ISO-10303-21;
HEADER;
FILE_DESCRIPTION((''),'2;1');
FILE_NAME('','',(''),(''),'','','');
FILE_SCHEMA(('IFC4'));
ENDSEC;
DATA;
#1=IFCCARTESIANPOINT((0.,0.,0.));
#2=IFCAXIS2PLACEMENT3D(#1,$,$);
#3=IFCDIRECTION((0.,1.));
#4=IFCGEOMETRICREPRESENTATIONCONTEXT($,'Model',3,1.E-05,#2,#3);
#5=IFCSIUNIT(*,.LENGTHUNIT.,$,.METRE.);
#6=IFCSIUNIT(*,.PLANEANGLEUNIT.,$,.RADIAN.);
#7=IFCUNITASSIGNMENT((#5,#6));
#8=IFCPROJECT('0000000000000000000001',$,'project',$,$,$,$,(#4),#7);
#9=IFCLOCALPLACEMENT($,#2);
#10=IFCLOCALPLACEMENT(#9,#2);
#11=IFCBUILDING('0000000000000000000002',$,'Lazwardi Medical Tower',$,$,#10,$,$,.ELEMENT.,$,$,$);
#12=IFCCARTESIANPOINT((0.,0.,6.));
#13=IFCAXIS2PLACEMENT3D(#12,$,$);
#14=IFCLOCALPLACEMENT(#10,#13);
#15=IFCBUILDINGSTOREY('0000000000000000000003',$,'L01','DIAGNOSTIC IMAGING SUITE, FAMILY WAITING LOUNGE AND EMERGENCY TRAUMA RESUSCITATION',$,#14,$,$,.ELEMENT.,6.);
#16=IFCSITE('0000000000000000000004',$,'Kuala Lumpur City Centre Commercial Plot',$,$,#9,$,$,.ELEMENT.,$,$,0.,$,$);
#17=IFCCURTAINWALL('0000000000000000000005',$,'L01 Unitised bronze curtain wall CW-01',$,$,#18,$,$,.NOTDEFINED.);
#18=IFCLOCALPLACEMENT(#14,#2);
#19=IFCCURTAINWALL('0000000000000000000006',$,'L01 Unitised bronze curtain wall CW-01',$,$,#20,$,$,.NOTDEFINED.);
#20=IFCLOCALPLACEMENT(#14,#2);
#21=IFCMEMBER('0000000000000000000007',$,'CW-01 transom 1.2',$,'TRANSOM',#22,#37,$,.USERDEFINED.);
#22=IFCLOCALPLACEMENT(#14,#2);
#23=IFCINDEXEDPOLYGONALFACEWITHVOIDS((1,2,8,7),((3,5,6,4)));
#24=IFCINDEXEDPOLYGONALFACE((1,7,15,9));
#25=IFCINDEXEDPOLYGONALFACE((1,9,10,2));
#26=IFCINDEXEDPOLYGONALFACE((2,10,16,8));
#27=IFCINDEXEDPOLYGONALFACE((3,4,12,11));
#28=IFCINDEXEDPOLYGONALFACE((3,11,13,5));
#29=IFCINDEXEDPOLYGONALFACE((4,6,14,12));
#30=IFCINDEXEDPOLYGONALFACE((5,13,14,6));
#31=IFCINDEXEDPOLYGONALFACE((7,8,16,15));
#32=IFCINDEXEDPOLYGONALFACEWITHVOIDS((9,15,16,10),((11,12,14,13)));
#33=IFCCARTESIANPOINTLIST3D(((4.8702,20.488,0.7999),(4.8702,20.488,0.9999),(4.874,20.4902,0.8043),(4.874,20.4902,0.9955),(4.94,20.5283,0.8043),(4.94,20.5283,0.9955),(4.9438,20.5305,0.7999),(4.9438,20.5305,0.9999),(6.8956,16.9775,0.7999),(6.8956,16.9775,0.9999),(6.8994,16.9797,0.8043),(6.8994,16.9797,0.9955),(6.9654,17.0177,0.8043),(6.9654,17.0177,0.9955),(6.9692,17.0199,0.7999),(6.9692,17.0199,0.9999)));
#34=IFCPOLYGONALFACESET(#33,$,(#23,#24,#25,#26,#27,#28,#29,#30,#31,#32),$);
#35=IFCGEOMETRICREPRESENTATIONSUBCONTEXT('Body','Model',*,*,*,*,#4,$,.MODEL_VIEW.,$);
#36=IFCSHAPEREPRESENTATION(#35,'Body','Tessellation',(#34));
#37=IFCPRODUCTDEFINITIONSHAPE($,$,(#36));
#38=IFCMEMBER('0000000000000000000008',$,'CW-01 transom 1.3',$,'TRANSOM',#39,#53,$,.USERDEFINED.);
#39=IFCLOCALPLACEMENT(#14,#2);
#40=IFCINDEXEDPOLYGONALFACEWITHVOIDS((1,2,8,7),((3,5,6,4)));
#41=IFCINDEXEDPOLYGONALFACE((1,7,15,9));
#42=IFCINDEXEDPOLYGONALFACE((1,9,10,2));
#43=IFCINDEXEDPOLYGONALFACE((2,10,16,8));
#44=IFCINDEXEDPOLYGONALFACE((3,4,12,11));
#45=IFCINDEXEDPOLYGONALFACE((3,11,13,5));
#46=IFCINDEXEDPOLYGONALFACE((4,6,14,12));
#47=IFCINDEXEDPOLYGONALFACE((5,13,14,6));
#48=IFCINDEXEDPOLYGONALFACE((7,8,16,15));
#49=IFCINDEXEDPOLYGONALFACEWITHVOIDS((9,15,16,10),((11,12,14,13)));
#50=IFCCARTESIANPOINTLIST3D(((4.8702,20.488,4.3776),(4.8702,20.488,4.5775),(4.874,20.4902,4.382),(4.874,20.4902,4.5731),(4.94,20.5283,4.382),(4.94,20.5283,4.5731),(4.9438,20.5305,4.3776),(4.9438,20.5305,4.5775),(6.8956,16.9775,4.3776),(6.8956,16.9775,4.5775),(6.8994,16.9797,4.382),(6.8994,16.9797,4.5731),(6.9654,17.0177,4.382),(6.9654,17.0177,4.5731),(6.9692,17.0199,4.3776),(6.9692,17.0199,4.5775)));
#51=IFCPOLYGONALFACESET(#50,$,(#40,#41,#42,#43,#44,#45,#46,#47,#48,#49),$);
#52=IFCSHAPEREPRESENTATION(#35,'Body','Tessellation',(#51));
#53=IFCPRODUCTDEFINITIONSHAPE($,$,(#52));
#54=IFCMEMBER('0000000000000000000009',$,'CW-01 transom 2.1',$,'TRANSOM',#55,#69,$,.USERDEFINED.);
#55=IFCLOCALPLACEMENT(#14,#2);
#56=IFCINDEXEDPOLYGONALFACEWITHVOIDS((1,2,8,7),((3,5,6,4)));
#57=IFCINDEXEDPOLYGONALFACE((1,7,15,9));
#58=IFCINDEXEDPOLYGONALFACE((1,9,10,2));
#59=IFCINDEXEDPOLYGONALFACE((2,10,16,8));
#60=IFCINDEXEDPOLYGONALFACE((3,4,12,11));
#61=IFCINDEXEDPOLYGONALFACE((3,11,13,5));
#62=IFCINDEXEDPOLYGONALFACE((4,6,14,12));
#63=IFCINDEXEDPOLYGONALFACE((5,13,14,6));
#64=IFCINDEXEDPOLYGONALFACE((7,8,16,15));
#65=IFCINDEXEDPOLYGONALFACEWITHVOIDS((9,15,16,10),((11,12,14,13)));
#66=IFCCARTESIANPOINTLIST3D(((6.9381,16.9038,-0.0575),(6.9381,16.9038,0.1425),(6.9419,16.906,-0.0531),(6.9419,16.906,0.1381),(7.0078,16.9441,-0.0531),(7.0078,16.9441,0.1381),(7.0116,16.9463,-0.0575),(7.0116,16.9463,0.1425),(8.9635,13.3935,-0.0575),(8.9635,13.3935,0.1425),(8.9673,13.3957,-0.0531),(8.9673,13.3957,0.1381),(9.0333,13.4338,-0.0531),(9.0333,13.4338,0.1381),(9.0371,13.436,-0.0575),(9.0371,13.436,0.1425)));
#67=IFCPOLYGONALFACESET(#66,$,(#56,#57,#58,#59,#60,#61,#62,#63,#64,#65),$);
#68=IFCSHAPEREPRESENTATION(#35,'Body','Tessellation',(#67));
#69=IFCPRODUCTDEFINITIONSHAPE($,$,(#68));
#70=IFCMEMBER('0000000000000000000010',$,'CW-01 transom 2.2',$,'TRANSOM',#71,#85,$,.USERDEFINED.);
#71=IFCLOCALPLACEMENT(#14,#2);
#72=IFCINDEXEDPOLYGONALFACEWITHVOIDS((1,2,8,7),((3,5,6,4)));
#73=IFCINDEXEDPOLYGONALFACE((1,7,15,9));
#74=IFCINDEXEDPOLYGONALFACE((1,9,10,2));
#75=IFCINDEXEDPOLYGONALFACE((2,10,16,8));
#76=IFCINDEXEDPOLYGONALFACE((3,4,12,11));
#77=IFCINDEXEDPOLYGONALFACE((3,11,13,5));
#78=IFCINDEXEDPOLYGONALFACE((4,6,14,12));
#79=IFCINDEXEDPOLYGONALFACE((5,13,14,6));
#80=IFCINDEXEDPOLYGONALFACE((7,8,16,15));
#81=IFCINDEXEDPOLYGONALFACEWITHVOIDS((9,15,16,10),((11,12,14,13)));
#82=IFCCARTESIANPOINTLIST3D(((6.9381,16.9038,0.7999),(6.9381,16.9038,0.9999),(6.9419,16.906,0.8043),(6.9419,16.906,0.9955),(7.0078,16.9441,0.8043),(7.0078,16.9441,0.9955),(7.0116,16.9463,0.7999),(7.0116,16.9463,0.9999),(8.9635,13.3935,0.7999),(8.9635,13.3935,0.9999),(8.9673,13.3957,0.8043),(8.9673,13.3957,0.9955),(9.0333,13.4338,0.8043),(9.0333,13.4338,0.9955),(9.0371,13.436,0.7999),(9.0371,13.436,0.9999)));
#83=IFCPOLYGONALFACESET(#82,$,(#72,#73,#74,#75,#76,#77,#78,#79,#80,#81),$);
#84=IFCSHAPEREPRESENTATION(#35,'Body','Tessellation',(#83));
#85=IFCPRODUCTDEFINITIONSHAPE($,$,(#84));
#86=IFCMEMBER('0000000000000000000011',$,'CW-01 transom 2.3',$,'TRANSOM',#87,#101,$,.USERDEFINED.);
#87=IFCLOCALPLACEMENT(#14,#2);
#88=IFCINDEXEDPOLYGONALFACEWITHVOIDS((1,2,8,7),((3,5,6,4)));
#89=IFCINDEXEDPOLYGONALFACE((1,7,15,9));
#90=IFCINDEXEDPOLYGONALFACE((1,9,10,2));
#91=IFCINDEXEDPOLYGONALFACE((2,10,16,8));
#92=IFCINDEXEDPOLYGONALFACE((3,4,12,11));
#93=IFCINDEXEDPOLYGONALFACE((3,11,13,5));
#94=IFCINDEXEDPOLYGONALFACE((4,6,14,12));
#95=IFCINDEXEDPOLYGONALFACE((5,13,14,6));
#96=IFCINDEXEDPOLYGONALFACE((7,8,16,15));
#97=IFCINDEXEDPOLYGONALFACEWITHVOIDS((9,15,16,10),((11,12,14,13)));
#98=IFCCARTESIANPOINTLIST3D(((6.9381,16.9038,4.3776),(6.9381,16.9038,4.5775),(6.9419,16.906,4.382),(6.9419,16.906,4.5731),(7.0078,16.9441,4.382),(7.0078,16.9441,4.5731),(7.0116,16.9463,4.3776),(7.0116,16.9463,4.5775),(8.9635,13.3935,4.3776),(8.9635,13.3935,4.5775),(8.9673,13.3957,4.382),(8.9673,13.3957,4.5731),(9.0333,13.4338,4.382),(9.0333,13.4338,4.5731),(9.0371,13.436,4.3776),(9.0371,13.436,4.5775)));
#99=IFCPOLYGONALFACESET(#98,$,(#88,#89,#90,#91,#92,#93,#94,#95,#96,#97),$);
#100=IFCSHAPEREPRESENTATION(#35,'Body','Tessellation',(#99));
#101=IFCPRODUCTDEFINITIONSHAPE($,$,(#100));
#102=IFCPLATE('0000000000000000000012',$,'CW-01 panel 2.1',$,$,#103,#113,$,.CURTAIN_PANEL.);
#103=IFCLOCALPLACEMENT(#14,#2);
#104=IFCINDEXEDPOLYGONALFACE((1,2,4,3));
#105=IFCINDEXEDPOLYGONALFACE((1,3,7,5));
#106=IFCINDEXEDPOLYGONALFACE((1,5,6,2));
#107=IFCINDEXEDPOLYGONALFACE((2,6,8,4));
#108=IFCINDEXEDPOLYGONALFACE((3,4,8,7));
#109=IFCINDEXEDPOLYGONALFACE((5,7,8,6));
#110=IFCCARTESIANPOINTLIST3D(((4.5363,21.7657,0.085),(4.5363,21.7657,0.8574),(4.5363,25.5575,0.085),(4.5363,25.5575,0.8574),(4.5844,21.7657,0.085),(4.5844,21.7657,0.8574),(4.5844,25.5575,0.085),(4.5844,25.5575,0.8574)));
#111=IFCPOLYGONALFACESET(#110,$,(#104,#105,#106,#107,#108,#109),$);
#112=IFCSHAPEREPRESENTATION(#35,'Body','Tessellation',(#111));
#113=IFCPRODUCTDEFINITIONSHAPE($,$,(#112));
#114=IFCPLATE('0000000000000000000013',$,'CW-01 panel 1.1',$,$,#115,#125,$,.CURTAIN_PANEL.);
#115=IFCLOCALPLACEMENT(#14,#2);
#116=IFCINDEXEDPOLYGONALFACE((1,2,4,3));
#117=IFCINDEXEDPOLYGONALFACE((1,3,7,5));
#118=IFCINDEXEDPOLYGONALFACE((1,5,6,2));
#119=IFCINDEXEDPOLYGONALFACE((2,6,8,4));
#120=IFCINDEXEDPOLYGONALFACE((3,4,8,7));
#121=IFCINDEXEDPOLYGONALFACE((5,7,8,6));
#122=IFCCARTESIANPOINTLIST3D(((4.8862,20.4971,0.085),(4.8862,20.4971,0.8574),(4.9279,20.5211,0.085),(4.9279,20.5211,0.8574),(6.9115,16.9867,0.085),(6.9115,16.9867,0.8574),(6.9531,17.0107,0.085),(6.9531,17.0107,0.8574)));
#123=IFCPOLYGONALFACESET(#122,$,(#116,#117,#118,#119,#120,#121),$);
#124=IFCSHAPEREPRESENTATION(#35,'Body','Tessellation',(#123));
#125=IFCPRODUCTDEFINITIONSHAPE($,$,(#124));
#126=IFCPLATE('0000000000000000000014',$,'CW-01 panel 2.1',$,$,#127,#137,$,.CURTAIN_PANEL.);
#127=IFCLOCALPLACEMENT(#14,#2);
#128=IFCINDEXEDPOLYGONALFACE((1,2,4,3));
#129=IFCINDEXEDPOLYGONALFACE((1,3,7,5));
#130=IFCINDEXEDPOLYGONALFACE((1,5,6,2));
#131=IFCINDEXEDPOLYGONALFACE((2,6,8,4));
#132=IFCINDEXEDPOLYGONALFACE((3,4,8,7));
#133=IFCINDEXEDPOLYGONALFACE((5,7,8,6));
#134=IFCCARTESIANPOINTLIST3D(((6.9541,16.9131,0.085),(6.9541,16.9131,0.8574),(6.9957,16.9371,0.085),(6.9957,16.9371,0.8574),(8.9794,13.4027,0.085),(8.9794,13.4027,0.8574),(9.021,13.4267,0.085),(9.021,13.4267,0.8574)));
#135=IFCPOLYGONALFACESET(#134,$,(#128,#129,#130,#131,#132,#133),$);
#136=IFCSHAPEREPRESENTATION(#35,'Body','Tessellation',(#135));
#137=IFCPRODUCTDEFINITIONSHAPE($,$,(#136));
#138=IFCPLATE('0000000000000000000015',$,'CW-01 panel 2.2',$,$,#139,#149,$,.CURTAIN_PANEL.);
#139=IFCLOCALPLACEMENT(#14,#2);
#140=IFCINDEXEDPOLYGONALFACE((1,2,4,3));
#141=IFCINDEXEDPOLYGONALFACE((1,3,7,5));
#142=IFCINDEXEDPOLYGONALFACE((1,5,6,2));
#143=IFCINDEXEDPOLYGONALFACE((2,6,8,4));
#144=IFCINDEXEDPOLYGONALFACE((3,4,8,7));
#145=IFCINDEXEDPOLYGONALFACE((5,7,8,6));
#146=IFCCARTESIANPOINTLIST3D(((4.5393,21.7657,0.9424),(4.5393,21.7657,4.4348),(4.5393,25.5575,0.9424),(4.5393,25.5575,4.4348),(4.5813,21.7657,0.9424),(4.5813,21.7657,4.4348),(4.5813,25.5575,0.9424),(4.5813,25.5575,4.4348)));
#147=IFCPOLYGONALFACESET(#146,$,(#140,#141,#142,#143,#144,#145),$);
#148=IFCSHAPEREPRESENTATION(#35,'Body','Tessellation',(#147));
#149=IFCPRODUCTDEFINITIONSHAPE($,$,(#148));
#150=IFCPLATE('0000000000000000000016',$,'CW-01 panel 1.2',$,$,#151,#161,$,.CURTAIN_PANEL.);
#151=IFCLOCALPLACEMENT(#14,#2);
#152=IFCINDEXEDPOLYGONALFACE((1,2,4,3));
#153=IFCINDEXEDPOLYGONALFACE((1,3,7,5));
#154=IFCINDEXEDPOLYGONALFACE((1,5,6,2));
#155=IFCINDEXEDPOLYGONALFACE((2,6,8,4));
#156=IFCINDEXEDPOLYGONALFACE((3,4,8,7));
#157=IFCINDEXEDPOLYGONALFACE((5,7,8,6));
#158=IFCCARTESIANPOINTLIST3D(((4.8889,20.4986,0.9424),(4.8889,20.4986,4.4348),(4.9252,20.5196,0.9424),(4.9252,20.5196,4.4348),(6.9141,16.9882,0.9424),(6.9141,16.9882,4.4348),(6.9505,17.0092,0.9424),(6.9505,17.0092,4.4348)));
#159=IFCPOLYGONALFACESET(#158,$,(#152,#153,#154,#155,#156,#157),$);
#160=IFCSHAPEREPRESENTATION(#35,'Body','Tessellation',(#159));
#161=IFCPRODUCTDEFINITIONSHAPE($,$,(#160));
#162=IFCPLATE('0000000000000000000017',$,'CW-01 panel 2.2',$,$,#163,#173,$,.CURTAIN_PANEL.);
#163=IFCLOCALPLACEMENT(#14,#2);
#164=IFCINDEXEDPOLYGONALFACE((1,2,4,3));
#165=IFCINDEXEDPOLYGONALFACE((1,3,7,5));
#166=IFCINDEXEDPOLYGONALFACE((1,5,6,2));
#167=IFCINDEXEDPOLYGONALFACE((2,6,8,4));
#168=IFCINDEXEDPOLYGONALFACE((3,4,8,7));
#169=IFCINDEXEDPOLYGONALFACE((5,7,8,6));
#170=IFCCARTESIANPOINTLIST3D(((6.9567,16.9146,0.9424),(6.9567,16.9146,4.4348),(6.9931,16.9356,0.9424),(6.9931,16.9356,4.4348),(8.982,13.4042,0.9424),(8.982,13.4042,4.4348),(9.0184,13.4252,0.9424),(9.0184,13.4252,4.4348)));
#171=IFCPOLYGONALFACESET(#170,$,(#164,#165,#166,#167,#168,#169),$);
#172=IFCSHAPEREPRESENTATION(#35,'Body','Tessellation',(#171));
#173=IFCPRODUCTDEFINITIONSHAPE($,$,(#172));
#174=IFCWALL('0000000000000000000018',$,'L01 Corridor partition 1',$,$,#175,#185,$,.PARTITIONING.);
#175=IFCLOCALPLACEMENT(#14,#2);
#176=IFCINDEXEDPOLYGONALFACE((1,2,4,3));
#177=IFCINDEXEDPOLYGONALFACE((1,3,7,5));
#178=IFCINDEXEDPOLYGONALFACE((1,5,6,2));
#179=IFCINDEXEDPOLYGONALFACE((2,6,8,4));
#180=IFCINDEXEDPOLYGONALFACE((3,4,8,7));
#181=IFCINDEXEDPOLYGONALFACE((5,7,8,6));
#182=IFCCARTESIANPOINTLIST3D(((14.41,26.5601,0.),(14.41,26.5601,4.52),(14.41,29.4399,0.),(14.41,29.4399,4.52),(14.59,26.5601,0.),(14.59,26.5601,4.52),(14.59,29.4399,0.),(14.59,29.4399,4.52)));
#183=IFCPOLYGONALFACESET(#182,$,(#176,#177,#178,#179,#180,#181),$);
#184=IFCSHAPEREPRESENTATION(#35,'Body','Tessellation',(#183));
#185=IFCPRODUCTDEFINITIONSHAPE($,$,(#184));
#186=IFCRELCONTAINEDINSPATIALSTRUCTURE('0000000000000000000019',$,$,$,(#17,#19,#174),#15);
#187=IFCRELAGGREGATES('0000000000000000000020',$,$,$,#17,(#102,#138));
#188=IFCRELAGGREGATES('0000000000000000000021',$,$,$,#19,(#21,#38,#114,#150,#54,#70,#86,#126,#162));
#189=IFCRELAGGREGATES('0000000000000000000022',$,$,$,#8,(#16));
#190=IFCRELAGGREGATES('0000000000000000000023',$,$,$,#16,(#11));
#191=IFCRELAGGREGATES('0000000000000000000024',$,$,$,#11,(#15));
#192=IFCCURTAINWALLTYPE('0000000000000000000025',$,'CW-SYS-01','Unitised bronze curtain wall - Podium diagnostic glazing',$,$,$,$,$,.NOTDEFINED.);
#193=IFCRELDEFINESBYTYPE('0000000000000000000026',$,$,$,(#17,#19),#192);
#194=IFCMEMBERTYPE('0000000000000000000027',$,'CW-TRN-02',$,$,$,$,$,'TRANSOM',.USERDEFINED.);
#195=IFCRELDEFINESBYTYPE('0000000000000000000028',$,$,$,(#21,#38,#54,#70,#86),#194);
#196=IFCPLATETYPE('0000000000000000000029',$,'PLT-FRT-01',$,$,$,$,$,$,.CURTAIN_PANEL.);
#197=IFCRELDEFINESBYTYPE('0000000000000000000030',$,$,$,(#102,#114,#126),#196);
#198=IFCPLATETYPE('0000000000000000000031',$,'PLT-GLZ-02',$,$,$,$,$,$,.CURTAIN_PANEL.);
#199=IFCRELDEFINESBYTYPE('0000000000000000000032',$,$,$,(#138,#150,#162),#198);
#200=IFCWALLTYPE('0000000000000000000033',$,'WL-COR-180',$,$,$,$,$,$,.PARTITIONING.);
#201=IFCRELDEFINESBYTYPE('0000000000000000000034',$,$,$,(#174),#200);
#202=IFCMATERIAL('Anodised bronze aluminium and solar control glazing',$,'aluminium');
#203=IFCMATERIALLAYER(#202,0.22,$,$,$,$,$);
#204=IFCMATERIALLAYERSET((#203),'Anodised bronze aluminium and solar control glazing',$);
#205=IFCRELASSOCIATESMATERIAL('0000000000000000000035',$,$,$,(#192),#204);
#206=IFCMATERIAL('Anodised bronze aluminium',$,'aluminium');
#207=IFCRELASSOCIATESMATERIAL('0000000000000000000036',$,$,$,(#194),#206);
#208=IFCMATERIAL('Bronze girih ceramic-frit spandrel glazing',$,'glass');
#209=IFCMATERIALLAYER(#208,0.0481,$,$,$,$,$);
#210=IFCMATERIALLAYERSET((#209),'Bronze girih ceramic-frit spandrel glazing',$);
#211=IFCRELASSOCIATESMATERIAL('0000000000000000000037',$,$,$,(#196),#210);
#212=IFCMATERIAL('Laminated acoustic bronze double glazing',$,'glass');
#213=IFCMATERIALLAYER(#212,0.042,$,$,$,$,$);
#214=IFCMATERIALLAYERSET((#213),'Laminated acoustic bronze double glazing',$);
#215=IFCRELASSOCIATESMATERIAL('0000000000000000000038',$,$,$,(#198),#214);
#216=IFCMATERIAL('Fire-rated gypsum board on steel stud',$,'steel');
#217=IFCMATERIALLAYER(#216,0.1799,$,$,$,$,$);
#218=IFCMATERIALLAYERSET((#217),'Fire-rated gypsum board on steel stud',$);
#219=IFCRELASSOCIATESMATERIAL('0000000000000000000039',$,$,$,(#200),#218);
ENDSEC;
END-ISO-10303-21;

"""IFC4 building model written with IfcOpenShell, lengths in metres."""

from ifc_helpers import new_model, si_unit, direction, frame, frame_2d, origin, origin_2d, place, context, subcontext, project, spatial, rectangle, hollow_rectangle, extrude, material, layer, layer_set, material_profile, profile_set, type_object, element, aggregate, save


model = new_model("IFC4")

# Units and contexts
model_context = context("Model", 3, precision=1e-05, world=origin(), true_north=direction((0.0, 1.0)))
body_context = subcontext(model_context, "Body", "Model", "MODEL_VIEW")
ifc_project = project(units=[si_unit("LENGTHUNIT", "METRE"), si_unit("PLANEANGLEUNIT", "RADIAN")], contexts=[model_context])

# Site, building, storey
site_placement = place(None, origin())
site = spatial("IfcSite", under=ifc_project, at=site_placement, Name="Kuala Lumpur City Centre Commercial Plot", CompositionType="ELEMENT", RefElevation=0.0)
building_placement = place(site_placement, origin())
building = spatial("IfcBuilding", under=site, at=building_placement, Name="Lazwardi Medical Tower", CompositionType="ELEMENT")
storey_placement = place(building_placement, frame((0.0, 0.0, 6.0)))
storey = spatial("IfcBuildingStorey", under=building, at=storey_placement, Name="L01", Description="DIAGNOSTIC IMAGING SUITE, FAMILY WAITING LOUNGE AND EMERGENCY TRAUMA RESUSCITATION", CompositionType="ELEMENT", Elevation=6.0)

# Curtain walls
ifc_material_1 = material(Name="Anodised bronze aluminium and solar control glazing", Category="aluminium")
ifc_layer_1 = layer(ifc_material_1, 0.22)
ifc_layer_set_1 = layer_set([ifc_layer_1], Name="Anodised bronze aluminium and solar control glazing")
curtain_wall_type = type_object("IfcCurtainWallType", Name="CW-SYS-01", Description="Unitised bronze curtain wall - Podium diagnostic glazing", PredefinedType="NOTDEFINED", material=ifc_layer_set_1)
curtain_wall_1_placement = place(storey_placement, origin())
curtain_wall_1 = element("IfcCurtainWall", 1, at=curtain_wall_1_placement, inside=storey, type_object=curtain_wall_type, Name="L01 Unitised bronze curtain wall CW-01", PredefinedType="NOTDEFINED")
ifc_material_2 = material(Name="Anodised bronze aluminium", Category="aluminium")
curtain_wall_2_placement = place(storey_placement, origin())
curtain_wall_2 = element("IfcCurtainWall", 2, at=curtain_wall_2_placement, inside=storey, type_object=curtain_wall_type, Name="L01 Unitised bronze curtain wall CW-01", PredefinedType="NOTDEFINED")

# Members
ifc_material_profile_1 = material_profile(ifc_material_2, hollow_rectangle(XDim=0.085, YDim=0.2, WallThickness=0.0044, at=origin_2d()), Name="ALU-TRANSOM 200x85x4.5")
ifc_profile_set_1 = profile_set([ifc_material_profile_1], Name="Anodised bronze aluminium")
member_type_1 = type_object("IfcMemberType", Name="CW-TRN-02", ElementType="TRANSOM", PredefinedType="USERDEFINED", material=ifc_profile_set_1)
member_1_placement = place(storey_placement, frame((4.907, 20.5093, 0.8999), z_axis=(0.499742, -0.866175, 0.0), x_axis=(0.866175, 0.499742, 0.0)))
member_1 = element("IfcMember", 3, at=member_1_placement, type_object=member_type_1, Name="CW-01 transom 1.2", ObjectType="TRANSOM", PredefinedType="USERDEFINED", context=body_context, shape_type="SweptSolid", body=[
    extrude(hollow_rectangle(XDim=0.085, YDim=0.2, WallThickness=0.0044, at=origin_2d()), origin(), (0.0, 0.0, 1.0), 4.053),
])
member_2_placement = place(storey_placement, frame((4.907, 20.5093, 4.4775), z_axis=(0.499742, -0.866175, 0.0), x_axis=(0.866175, 0.499742, 0.0)))
member_2 = element("IfcMember", 4, at=member_2_placement, type_object=member_type_1, Name="CW-01 transom 1.3", ObjectType="TRANSOM", PredefinedType="USERDEFINED", context=body_context, shape_type="SweptSolid", body=[
    extrude(hollow_rectangle(XDim=0.085, YDim=0.2, WallThickness=0.0044, at=origin_2d()), origin(), (0.0, 0.0, 1.0), 4.053),
])
member_3_placement = place(storey_placement, frame((6.9749, 16.925, 0.0425), z_axis=(0.499768, -0.86616, 0.0), x_axis=(0.86616, 0.499768, 0.0)))
member_3 = element("IfcMember", 5, at=member_3_placement, type_object=member_type_1, Name="CW-01 transom 2.1", ObjectType="TRANSOM", PredefinedType="USERDEFINED", context=body_context, shape_type="SweptSolid", body=[
    extrude(hollow_rectangle(XDim=0.085, YDim=0.2, WallThickness=0.0044, at=origin_2d()), origin(), (0.0, 0.0, 1.0), 4.0527),
])
member_4_placement = place(storey_placement, frame((6.9749, 16.925, 0.8999), z_axis=(0.499768, -0.86616, 0.0), x_axis=(0.86616, 0.499768, 0.0)))
member_4 = element("IfcMember", 6, at=member_4_placement, type_object=member_type_1, Name="CW-01 transom 2.2", ObjectType="TRANSOM", PredefinedType="USERDEFINED", context=body_context, shape_type="SweptSolid", body=[
    extrude(hollow_rectangle(XDim=0.085, YDim=0.2, WallThickness=0.0044, at=origin_2d()), origin(), (0.0, 0.0, 1.0), 4.0527),
])
member_5_placement = place(storey_placement, frame((6.9749, 16.925, 4.4775), z_axis=(0.499768, -0.86616, 0.0), x_axis=(0.86616, 0.499768, 0.0)))
member_5 = element("IfcMember", 7, at=member_5_placement, type_object=member_type_1, Name="CW-01 transom 2.3", ObjectType="TRANSOM", PredefinedType="USERDEFINED", context=body_context, shape_type="SweptSolid", body=[
    extrude(hollow_rectangle(XDim=0.085, YDim=0.2, WallThickness=0.0044, at=origin_2d()), origin(), (0.0, 0.0, 1.0), 4.0527),
])

# Plates
ifc_material_3 = material(Name="Bronze girih ceramic-frit spandrel glazing", Category="glass")
ifc_layer_2 = layer(ifc_material_3, 0.0481)
ifc_layer_set_2 = layer_set([ifc_layer_2], Name="Bronze girih ceramic-frit spandrel glazing")
plate_type_1 = type_object("IfcPlateType", Name="PLT-FRT-01", PredefinedType="CURTAIN_PANEL", material=ifc_layer_set_2)
plate_1_placement = place(storey_placement, frame((4.5603, 23.6616, 0.085), z_axis=(0.0, 0.0, 1.0), x_axis=(0.0, -1.0, 0.0)))
plate_1 = element("IfcPlate", 8, at=plate_1_placement, type_object=plate_type_1, Name="CW-01 panel 2.1", PredefinedType="CURTAIN_PANEL", context=body_context, shape_type="SweptSolid", body=[
    extrude(rectangle(XDim=3.7917, YDim=0.0481, at=origin_2d()), origin(), (0.0, 0.0, 1.0), 0.7725),
])
plate_2_placement = place(storey_placement, frame((5.9197, 18.7539, 0.085), z_axis=(0.0, 0.0, 1.0), x_axis=(0.499731, -0.866181, 0.0)))
plate_2 = element("IfcPlate", 9, at=plate_2_placement, type_object=plate_type_1, Name="CW-01 panel 1.1", PredefinedType="CURTAIN_PANEL", context=body_context, shape_type="SweptSolid", body=[
    extrude(rectangle(XDim=4.0527, YDim=0.0481, at=origin_2d()), origin(), (0.0, 0.0, 1.0), 0.7725),
])
plate_3_placement = place(storey_placement, frame((7.9875, 15.1699, 0.085), z_axis=(0.0, 0.0, 1.0), x_axis=(0.499731, -0.866181, 0.0)))
plate_3 = element("IfcPlate", 10, at=plate_3_placement, type_object=plate_type_1, Name="CW-01 panel 2.1", PredefinedType="CURTAIN_PANEL", context=body_context, shape_type="SweptSolid", body=[
    extrude(rectangle(XDim=4.0527, YDim=0.0481, at=origin_2d()), origin(), (0.0, 0.0, 1.0), 0.7725),
])
ifc_material_4 = material(Name="Laminated acoustic bronze double glazing", Category="glass")
ifc_layer_3 = layer(ifc_material_4, 0.042)
ifc_layer_set_3 = layer_set([ifc_layer_3], Name="Laminated acoustic bronze double glazing")
plate_type_2 = type_object("IfcPlateType", Name="PLT-GLZ-02", PredefinedType="CURTAIN_PANEL", material=ifc_layer_set_3)
plate_4_placement = place(storey_placement, frame((4.5603, 23.6616, 0.9424), z_axis=(0.0, 0.0, 1.0), x_axis=(0.0, -1.0, 0.0)))
plate_4 = element("IfcPlate", 11, at=plate_4_placement, type_object=plate_type_2, Name="CW-01 panel 2.2", PredefinedType="CURTAIN_PANEL", context=body_context, shape_type="SweptSolid", body=[
    extrude(rectangle(XDim=3.7917, YDim=0.042, at=origin_2d()), origin(), (0.0, 0.0, 1.0), 3.4924),
])
aggregate(curtain_wall_1, [plate_1, plate_4])
plate_5_placement = place(storey_placement, frame((5.9197, 18.7539, 0.9424), z_axis=(0.0, 0.0, 1.0), x_axis=(0.499731, -0.866181, 0.0)))
plate_5 = element("IfcPlate", 12, at=plate_5_placement, type_object=plate_type_2, Name="CW-01 panel 1.2", PredefinedType="CURTAIN_PANEL", context=body_context, shape_type="SweptSolid", body=[
    extrude(rectangle(XDim=4.0527, YDim=0.042, at=origin_2d()), origin(), (0.0, 0.0, 1.0), 3.4924),
])
plate_6_placement = place(storey_placement, frame((7.9875, 15.1699, 0.9424), z_axis=(0.0, 0.0, 1.0), x_axis=(0.499731, -0.866181, 0.0)))
plate_6 = element("IfcPlate", 13, at=plate_6_placement, type_object=plate_type_2, Name="CW-01 panel 2.2", PredefinedType="CURTAIN_PANEL", context=body_context, shape_type="SweptSolid", body=[
    extrude(rectangle(XDim=4.0527, YDim=0.042, at=origin_2d()), origin(), (0.0, 0.0, 1.0), 3.4924),
])
aggregate(curtain_wall_2, [member_1, member_2, plate_2, plate_5, member_3, member_4, member_5, plate_3, plate_6])

# Wall
ifc_material_5 = material(Name="Fire-rated gypsum board on steel stud", Category="steel")
ifc_layer_4 = layer(ifc_material_5, 0.1799)
ifc_layer_set_4 = layer_set([ifc_layer_4], Name="Fire-rated gypsum board on steel stud")
wall_type = type_object("IfcWallType", Name="WL-COR-180", PredefinedType="PARTITIONING", material=ifc_layer_set_4)
wall_placement = place(storey_placement, frame((14.5, 26.5601, 0.0), z_axis=(0.0, 0.0, 1.0), x_axis=(0.0, 1.0, 0.0)))
element("IfcWall", 14, at=wall_placement, inside=storey, type_object=wall_type, Name="L01 Corridor partition 1", PredefinedType="PARTITIONING", context=body_context, shape_type="SweptSolid", body=[
    extrude(rectangle(XDim=2.8799, YDim=0.1799, at=frame_2d((1.4399, 0.0))), origin(), (0.0, 0.0, 1.0), 4.52),
])

save(model, "model.ifc")
